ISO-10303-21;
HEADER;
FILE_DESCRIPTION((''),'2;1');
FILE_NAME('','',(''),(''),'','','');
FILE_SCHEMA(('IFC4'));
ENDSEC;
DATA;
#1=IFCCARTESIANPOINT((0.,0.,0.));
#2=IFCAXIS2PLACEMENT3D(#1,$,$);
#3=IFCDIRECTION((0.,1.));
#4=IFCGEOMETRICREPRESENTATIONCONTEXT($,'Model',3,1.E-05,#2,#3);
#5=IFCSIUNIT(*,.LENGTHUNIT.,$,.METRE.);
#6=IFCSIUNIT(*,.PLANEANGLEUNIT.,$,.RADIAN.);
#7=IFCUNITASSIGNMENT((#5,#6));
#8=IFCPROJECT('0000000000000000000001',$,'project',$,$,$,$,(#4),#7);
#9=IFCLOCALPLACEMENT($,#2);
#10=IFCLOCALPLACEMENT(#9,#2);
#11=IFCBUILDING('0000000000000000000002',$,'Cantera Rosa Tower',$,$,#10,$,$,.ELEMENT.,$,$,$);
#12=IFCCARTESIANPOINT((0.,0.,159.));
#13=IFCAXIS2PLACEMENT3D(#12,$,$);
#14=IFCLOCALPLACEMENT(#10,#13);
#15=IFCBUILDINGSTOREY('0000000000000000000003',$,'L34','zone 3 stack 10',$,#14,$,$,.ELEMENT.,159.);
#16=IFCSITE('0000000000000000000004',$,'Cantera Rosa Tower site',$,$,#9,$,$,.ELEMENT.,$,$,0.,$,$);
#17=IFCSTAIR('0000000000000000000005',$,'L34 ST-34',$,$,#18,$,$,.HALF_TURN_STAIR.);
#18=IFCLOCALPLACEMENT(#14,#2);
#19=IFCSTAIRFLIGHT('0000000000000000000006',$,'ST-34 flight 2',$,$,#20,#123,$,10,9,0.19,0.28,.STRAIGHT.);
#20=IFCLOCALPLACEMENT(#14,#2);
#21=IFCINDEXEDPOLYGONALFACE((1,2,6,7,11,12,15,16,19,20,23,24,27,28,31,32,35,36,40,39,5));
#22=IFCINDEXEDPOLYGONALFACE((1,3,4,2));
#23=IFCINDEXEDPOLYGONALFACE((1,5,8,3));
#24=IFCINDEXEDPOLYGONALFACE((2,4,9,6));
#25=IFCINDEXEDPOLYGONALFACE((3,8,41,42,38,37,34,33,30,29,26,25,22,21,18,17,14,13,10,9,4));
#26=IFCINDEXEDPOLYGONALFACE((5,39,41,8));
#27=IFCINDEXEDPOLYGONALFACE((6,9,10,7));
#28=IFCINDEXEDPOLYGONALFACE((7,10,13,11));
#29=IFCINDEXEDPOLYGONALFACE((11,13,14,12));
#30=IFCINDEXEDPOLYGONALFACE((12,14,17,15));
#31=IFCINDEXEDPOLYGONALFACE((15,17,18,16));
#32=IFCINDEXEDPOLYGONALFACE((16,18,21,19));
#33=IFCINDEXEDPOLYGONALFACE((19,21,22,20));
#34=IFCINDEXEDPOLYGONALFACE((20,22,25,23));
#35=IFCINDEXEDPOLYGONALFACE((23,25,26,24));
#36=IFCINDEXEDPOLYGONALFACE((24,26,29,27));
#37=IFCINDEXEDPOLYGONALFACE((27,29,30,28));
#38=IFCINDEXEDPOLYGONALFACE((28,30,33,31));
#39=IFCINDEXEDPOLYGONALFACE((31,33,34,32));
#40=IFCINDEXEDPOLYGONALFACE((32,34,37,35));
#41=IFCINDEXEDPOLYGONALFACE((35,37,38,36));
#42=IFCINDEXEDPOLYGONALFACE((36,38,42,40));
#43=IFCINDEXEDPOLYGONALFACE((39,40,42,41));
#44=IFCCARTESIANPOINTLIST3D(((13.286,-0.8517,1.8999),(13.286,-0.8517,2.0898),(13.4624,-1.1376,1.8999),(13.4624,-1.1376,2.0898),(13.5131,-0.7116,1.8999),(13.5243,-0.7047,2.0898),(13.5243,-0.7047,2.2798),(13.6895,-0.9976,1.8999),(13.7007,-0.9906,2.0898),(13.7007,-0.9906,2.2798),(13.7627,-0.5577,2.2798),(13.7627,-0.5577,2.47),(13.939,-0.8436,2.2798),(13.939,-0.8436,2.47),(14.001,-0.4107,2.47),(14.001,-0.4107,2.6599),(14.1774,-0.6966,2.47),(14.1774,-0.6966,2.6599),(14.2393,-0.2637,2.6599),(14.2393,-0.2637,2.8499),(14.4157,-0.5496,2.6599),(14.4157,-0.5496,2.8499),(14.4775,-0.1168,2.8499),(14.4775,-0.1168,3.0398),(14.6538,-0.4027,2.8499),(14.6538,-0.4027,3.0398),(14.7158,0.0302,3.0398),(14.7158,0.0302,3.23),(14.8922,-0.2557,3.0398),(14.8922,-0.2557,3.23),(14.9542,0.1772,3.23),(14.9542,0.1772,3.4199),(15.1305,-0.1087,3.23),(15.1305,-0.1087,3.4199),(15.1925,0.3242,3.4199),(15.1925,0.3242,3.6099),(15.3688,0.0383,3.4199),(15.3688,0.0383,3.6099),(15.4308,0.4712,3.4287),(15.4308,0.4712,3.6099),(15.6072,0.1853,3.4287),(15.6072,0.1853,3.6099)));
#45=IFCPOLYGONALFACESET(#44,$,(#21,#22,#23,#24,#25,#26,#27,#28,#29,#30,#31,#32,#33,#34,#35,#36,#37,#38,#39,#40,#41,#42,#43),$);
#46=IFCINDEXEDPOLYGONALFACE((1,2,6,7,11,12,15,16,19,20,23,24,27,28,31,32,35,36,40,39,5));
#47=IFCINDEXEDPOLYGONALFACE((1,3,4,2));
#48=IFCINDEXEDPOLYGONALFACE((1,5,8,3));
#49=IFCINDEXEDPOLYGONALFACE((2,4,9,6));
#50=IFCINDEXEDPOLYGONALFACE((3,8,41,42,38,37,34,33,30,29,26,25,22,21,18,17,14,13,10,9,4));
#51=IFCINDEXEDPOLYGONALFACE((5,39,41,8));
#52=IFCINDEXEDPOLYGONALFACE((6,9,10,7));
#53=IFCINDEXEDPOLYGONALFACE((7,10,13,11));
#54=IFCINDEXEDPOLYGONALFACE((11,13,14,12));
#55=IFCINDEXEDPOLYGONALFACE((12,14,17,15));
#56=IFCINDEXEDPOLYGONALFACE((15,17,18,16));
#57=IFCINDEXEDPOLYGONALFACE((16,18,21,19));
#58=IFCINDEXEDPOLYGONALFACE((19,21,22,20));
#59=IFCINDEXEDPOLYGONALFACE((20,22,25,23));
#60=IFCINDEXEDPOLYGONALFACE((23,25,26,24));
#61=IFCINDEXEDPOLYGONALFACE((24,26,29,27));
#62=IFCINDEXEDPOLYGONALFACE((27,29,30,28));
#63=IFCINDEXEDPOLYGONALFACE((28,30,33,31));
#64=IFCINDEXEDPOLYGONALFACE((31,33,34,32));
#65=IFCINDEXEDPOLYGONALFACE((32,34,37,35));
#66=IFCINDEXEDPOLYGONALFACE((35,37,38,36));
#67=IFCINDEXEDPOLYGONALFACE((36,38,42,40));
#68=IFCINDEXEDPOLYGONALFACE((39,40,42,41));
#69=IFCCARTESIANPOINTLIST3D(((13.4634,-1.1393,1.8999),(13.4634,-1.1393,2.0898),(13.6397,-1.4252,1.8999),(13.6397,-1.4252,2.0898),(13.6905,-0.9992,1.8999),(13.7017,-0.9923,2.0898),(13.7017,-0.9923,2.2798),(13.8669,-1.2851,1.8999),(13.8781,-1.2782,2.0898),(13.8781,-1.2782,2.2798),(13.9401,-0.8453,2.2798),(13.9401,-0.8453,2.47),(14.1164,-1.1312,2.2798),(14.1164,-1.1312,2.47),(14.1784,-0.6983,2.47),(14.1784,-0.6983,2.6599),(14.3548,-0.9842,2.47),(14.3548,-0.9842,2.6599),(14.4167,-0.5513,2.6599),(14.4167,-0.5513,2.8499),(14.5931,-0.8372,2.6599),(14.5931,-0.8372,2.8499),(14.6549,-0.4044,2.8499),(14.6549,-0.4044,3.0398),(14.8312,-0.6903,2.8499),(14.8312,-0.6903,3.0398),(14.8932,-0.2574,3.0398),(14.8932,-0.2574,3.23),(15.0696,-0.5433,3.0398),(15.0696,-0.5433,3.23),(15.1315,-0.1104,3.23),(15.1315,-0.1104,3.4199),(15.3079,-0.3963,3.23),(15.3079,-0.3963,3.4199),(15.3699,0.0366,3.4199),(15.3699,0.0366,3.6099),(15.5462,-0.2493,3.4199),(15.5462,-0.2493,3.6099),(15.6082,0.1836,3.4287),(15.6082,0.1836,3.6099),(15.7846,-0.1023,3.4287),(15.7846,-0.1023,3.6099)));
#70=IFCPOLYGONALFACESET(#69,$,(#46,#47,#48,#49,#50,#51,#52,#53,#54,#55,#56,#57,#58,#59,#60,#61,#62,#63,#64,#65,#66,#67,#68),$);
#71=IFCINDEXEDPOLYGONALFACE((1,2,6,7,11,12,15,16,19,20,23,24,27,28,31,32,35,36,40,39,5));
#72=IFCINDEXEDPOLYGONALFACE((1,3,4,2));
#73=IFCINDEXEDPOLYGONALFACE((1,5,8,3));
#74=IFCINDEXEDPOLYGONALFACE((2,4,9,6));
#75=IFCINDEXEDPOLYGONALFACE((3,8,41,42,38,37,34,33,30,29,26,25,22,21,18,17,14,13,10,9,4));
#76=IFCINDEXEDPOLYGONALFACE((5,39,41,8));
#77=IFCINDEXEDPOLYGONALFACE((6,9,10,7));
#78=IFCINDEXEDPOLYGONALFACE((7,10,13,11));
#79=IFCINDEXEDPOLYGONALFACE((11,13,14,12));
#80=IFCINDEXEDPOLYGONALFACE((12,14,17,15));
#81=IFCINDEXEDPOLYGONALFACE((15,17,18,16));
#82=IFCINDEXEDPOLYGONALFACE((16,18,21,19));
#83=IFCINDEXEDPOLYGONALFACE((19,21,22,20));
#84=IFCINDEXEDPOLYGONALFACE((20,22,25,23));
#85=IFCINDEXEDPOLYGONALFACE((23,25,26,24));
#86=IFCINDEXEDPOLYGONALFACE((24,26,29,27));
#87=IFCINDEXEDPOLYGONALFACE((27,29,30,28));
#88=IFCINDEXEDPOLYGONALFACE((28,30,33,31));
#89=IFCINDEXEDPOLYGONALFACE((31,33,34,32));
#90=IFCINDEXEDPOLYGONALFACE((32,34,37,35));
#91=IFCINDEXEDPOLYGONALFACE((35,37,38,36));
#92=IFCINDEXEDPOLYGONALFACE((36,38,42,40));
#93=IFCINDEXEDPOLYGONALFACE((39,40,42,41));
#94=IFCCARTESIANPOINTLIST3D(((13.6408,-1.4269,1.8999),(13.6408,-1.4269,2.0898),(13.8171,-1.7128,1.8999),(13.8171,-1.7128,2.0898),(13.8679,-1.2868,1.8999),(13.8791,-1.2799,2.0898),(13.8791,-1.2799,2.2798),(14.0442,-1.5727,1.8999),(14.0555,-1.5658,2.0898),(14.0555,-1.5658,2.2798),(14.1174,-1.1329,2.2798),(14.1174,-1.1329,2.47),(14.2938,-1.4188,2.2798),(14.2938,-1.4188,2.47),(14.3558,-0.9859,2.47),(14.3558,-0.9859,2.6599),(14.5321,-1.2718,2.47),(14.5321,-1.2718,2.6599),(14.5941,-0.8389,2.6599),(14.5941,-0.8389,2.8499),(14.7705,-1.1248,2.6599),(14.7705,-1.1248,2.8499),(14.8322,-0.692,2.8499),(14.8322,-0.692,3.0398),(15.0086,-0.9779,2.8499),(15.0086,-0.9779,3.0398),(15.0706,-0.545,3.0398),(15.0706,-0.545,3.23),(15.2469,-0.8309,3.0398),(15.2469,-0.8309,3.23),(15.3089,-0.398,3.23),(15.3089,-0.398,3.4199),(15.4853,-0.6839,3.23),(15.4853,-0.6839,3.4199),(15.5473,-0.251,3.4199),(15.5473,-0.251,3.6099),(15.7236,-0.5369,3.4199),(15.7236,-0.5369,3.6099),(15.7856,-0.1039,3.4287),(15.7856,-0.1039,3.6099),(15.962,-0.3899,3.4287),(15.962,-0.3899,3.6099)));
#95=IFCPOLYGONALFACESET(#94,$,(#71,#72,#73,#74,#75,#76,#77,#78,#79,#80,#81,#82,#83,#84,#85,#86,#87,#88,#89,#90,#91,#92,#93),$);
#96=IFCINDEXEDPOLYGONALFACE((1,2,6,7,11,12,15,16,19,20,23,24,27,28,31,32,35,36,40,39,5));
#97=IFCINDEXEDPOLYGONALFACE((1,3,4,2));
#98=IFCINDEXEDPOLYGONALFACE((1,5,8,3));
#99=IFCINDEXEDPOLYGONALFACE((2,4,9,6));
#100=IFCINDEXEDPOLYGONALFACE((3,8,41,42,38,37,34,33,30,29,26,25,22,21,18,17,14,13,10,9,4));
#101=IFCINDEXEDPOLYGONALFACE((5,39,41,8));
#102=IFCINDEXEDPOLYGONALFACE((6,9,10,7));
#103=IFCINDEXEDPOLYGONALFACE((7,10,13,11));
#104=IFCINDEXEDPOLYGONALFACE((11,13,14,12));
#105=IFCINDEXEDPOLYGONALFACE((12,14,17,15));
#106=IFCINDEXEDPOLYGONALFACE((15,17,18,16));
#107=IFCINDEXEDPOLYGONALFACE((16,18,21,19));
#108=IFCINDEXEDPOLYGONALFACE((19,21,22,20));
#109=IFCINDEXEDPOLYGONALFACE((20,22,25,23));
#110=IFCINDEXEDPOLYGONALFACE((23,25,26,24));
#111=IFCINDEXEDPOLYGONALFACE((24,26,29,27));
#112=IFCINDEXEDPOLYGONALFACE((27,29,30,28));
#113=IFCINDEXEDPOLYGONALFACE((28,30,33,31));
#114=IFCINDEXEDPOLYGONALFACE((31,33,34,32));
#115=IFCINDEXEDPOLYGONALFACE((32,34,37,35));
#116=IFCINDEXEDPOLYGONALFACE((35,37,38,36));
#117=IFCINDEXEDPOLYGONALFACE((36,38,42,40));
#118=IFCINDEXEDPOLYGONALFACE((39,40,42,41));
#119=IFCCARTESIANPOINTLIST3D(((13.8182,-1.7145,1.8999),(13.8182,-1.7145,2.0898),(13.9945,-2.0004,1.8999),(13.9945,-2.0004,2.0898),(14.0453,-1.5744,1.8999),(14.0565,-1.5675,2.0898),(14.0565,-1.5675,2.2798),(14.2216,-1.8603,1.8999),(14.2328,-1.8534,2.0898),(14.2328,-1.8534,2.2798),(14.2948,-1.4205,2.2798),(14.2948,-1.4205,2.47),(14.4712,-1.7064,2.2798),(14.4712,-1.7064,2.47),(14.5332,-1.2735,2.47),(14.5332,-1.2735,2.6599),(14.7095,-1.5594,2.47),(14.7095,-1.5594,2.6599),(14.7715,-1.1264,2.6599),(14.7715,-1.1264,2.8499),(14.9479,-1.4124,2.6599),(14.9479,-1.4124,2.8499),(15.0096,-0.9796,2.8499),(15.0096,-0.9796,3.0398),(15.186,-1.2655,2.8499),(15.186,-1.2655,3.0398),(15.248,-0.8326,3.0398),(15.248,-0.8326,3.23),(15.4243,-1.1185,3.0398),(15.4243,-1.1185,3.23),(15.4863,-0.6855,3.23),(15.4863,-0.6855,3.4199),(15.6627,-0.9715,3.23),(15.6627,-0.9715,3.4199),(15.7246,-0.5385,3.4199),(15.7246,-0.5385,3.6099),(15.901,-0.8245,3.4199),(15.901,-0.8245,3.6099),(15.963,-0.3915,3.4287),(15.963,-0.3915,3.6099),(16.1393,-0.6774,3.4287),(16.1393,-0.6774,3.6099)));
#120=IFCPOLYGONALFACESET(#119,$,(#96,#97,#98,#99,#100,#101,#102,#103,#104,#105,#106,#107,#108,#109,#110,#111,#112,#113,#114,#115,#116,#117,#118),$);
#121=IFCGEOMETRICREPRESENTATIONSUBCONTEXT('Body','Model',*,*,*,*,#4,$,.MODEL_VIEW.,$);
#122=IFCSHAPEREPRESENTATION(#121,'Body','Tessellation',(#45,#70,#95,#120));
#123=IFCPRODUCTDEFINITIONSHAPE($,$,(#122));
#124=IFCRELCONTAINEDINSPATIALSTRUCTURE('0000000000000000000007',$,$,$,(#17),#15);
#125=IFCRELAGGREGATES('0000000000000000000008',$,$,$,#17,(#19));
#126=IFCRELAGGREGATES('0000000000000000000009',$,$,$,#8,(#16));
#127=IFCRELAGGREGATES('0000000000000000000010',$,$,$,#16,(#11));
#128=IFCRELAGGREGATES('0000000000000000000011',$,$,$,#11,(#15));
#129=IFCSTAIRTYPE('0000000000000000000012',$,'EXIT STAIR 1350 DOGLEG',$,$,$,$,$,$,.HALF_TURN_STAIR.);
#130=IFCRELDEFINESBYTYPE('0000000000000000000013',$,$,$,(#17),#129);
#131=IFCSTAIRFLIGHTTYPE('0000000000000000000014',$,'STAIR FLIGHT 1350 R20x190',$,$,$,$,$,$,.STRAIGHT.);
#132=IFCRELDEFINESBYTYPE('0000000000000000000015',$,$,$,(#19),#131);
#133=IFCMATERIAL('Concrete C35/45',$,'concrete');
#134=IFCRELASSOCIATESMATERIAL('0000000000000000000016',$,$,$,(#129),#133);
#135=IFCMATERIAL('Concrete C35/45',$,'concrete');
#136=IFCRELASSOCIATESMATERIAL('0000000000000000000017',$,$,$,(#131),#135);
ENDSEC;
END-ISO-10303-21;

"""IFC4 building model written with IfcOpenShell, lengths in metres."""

from ifc_helpers import new_model, si_unit, direction, frame, origin, place, context, subcontext, project, spatial, polyline, outline, extrude, material, type_object, element, aggregate, save


model = new_model("IFC4")

# Units and contexts
model_context = context("Model", 3, precision=1e-05, world=origin(), true_north=direction((0.0, 1.0)))
body_context = subcontext(model_context, "Body", "Model", "MODEL_VIEW")
ifc_project = project(units=[si_unit("LENGTHUNIT", "METRE"), si_unit("PLANEANGLEUNIT", "RADIAN")], contexts=[model_context])

# Site, building, storey
site_placement = place(None, origin())
site = spatial("IfcSite", under=ifc_project, at=site_placement, Name="Cantera Rosa Tower site", CompositionType="ELEMENT", RefElevation=0.0)
building_placement = place(site_placement, origin())
building = spatial("IfcBuilding", under=site, at=building_placement, Name="Cantera Rosa Tower", CompositionType="ELEMENT")
storey_placement = place(building_placement, frame((0.0, 0.0, 159.0)))
storey = spatial("IfcBuildingStorey", under=building, at=storey_placement, Name="L34", Description="zone 3 stack 10", CompositionType="ELEMENT", Elevation=159.0)

# Stair, stair flight
ifc_material_1 = material(Name="Concrete C35/45", Category="concrete")
stair_type = type_object("IfcStairType", Name="EXIT STAIR 1350 DOGLEG", PredefinedType="HALF_TURN_STAIR", material=ifc_material_1)
stair_placement = place(storey_placement, origin())
stair = element("IfcStair", 1, at=stair_placement, inside=storey, type_object=stair_type, Name="L34 ST-34", PredefinedType="HALF_TURN_STAIR")
ifc_material_2 = material(Name="Concrete C35/45", Category="concrete")
stair_flight_type = type_object("IfcStairFlightType", Name="STAIR FLIGHT 1350 R20x190", PredefinedType="STRAIGHT", material=ifc_material_2)
stair_flight_placement = place(storey_placement, frame((13.6404, -1.4263, 1.8999), z_axis=(0.0, 0.0, 1.0), x_axis=(0.851117, 0.524977, 0.0)))
stair_flight = element("IfcStairFlight", 2, at=stair_flight_placement, type_object=stair_flight_type, Name="ST-34 flight 2", NumberOfRisers=10, NumberOfTreads=9, PredefinedType="STRAIGHT", RiserHeight=0.19, TreadLength=0.28, context=body_context, shape_type="SweptSolid", body=[
    extrude(outline(polyline([(0.0, 0.0), (0.0, 0.1899), (0.28, 0.1899), (0.28, 0.3799), (0.5601, 0.3799), (0.5601, 0.5701), (0.8401, 0.5701), (0.8401, 0.76), (1.1201, 0.76), (1.1201, 0.95), (1.3999, 0.95), (1.3999, 1.1399), (1.6799, 1.1399), (1.6799, 1.3301), (1.96, 1.3301), (1.96, 1.52), (2.24, 1.52), (2.24, 1.71), (2.52, 1.71), (2.52, 1.8999), (2.52, 1.5288), (0.2668, 0.0), (0.0, 0.0)])), frame((0.0, 0.675, 0.0), z_axis=(0.0, -1.0, 0.0), x_axis=(1.0, 0.0, 0.0)), (0.0, 0.0, 1.0), 0.3359),
    extrude(outline(polyline([(0.0, 0.0), (0.0, 0.1899), (0.28, 0.1899), (0.28, 0.3799), (0.5601, 0.3799), (0.5601, 0.5701), (0.8401, 0.5701), (0.8401, 0.76), (1.1201, 0.76), (1.1201, 0.95), (1.3999, 0.95), (1.3999, 1.1399), (1.6799, 1.1399), (1.6799, 1.3301), (1.96, 1.3301), (1.96, 1.52), (2.24, 1.52), (2.24, 1.71), (2.52, 1.71), (2.52, 1.8999), (2.52, 1.5288), (0.2668, 0.0), (0.0, 0.0)])), frame((0.0, 0.3372, 0.0), z_axis=(0.0, -1.0, 0.0), x_axis=(1.0, 0.0, 0.0)), (0.0, 0.0, 1.0), 0.3359),
    extrude(outline(polyline([(0.0, 0.0), (0.0, 0.1899), (0.28, 0.1899), (0.28, 0.3799), (0.5601, 0.3799), (0.5601, 0.5701), (0.8401, 0.5701), (0.8401, 0.76), (1.1201, 0.76), (1.1201, 0.95), (1.3999, 0.95), (1.3999, 1.1399), (1.6799, 1.1399), (1.6799, 1.3301), (1.96, 1.3301), (1.96, 1.52), (2.24, 1.52), (2.24, 1.71), (2.52, 1.71), (2.52, 1.8999), (2.52, 1.5288), (0.2668, 0.0), (0.0, 0.0)])), frame((0.0, -0.0007, 0.0), z_axis=(0.0, -1.0, 0.0), x_axis=(1.0, 0.0, 0.0)), (0.0, 0.0, 1.0), 0.3359),
    extrude(outline(polyline([(0.0, 0.0), (0.0, 0.1899), (0.28, 0.1899), (0.28, 0.3799), (0.5601, 0.3799), (0.5601, 0.5701), (0.8401, 0.5701), (0.8401, 0.76), (1.1201, 0.76), (1.1201, 0.95), (1.3999, 0.95), (1.3999, 1.1399), (1.6799, 1.1399), (1.6799, 1.3301), (1.96, 1.3301), (1.96, 1.52), (2.24, 1.52), (2.24, 1.71), (2.52, 1.71), (2.52, 1.8999), (2.52, 1.5288), (0.2668, 0.0), (0.0, 0.0)])), frame((0.0, -0.3386, 0.0), z_axis=(0.0, -1.0, 0.0), x_axis=(1.0, 0.0, 0.0)), (0.0, 0.0, 1.0), 0.3359),
])
aggregate(stair, [stair_flight])

save(model, "model.ifc")
